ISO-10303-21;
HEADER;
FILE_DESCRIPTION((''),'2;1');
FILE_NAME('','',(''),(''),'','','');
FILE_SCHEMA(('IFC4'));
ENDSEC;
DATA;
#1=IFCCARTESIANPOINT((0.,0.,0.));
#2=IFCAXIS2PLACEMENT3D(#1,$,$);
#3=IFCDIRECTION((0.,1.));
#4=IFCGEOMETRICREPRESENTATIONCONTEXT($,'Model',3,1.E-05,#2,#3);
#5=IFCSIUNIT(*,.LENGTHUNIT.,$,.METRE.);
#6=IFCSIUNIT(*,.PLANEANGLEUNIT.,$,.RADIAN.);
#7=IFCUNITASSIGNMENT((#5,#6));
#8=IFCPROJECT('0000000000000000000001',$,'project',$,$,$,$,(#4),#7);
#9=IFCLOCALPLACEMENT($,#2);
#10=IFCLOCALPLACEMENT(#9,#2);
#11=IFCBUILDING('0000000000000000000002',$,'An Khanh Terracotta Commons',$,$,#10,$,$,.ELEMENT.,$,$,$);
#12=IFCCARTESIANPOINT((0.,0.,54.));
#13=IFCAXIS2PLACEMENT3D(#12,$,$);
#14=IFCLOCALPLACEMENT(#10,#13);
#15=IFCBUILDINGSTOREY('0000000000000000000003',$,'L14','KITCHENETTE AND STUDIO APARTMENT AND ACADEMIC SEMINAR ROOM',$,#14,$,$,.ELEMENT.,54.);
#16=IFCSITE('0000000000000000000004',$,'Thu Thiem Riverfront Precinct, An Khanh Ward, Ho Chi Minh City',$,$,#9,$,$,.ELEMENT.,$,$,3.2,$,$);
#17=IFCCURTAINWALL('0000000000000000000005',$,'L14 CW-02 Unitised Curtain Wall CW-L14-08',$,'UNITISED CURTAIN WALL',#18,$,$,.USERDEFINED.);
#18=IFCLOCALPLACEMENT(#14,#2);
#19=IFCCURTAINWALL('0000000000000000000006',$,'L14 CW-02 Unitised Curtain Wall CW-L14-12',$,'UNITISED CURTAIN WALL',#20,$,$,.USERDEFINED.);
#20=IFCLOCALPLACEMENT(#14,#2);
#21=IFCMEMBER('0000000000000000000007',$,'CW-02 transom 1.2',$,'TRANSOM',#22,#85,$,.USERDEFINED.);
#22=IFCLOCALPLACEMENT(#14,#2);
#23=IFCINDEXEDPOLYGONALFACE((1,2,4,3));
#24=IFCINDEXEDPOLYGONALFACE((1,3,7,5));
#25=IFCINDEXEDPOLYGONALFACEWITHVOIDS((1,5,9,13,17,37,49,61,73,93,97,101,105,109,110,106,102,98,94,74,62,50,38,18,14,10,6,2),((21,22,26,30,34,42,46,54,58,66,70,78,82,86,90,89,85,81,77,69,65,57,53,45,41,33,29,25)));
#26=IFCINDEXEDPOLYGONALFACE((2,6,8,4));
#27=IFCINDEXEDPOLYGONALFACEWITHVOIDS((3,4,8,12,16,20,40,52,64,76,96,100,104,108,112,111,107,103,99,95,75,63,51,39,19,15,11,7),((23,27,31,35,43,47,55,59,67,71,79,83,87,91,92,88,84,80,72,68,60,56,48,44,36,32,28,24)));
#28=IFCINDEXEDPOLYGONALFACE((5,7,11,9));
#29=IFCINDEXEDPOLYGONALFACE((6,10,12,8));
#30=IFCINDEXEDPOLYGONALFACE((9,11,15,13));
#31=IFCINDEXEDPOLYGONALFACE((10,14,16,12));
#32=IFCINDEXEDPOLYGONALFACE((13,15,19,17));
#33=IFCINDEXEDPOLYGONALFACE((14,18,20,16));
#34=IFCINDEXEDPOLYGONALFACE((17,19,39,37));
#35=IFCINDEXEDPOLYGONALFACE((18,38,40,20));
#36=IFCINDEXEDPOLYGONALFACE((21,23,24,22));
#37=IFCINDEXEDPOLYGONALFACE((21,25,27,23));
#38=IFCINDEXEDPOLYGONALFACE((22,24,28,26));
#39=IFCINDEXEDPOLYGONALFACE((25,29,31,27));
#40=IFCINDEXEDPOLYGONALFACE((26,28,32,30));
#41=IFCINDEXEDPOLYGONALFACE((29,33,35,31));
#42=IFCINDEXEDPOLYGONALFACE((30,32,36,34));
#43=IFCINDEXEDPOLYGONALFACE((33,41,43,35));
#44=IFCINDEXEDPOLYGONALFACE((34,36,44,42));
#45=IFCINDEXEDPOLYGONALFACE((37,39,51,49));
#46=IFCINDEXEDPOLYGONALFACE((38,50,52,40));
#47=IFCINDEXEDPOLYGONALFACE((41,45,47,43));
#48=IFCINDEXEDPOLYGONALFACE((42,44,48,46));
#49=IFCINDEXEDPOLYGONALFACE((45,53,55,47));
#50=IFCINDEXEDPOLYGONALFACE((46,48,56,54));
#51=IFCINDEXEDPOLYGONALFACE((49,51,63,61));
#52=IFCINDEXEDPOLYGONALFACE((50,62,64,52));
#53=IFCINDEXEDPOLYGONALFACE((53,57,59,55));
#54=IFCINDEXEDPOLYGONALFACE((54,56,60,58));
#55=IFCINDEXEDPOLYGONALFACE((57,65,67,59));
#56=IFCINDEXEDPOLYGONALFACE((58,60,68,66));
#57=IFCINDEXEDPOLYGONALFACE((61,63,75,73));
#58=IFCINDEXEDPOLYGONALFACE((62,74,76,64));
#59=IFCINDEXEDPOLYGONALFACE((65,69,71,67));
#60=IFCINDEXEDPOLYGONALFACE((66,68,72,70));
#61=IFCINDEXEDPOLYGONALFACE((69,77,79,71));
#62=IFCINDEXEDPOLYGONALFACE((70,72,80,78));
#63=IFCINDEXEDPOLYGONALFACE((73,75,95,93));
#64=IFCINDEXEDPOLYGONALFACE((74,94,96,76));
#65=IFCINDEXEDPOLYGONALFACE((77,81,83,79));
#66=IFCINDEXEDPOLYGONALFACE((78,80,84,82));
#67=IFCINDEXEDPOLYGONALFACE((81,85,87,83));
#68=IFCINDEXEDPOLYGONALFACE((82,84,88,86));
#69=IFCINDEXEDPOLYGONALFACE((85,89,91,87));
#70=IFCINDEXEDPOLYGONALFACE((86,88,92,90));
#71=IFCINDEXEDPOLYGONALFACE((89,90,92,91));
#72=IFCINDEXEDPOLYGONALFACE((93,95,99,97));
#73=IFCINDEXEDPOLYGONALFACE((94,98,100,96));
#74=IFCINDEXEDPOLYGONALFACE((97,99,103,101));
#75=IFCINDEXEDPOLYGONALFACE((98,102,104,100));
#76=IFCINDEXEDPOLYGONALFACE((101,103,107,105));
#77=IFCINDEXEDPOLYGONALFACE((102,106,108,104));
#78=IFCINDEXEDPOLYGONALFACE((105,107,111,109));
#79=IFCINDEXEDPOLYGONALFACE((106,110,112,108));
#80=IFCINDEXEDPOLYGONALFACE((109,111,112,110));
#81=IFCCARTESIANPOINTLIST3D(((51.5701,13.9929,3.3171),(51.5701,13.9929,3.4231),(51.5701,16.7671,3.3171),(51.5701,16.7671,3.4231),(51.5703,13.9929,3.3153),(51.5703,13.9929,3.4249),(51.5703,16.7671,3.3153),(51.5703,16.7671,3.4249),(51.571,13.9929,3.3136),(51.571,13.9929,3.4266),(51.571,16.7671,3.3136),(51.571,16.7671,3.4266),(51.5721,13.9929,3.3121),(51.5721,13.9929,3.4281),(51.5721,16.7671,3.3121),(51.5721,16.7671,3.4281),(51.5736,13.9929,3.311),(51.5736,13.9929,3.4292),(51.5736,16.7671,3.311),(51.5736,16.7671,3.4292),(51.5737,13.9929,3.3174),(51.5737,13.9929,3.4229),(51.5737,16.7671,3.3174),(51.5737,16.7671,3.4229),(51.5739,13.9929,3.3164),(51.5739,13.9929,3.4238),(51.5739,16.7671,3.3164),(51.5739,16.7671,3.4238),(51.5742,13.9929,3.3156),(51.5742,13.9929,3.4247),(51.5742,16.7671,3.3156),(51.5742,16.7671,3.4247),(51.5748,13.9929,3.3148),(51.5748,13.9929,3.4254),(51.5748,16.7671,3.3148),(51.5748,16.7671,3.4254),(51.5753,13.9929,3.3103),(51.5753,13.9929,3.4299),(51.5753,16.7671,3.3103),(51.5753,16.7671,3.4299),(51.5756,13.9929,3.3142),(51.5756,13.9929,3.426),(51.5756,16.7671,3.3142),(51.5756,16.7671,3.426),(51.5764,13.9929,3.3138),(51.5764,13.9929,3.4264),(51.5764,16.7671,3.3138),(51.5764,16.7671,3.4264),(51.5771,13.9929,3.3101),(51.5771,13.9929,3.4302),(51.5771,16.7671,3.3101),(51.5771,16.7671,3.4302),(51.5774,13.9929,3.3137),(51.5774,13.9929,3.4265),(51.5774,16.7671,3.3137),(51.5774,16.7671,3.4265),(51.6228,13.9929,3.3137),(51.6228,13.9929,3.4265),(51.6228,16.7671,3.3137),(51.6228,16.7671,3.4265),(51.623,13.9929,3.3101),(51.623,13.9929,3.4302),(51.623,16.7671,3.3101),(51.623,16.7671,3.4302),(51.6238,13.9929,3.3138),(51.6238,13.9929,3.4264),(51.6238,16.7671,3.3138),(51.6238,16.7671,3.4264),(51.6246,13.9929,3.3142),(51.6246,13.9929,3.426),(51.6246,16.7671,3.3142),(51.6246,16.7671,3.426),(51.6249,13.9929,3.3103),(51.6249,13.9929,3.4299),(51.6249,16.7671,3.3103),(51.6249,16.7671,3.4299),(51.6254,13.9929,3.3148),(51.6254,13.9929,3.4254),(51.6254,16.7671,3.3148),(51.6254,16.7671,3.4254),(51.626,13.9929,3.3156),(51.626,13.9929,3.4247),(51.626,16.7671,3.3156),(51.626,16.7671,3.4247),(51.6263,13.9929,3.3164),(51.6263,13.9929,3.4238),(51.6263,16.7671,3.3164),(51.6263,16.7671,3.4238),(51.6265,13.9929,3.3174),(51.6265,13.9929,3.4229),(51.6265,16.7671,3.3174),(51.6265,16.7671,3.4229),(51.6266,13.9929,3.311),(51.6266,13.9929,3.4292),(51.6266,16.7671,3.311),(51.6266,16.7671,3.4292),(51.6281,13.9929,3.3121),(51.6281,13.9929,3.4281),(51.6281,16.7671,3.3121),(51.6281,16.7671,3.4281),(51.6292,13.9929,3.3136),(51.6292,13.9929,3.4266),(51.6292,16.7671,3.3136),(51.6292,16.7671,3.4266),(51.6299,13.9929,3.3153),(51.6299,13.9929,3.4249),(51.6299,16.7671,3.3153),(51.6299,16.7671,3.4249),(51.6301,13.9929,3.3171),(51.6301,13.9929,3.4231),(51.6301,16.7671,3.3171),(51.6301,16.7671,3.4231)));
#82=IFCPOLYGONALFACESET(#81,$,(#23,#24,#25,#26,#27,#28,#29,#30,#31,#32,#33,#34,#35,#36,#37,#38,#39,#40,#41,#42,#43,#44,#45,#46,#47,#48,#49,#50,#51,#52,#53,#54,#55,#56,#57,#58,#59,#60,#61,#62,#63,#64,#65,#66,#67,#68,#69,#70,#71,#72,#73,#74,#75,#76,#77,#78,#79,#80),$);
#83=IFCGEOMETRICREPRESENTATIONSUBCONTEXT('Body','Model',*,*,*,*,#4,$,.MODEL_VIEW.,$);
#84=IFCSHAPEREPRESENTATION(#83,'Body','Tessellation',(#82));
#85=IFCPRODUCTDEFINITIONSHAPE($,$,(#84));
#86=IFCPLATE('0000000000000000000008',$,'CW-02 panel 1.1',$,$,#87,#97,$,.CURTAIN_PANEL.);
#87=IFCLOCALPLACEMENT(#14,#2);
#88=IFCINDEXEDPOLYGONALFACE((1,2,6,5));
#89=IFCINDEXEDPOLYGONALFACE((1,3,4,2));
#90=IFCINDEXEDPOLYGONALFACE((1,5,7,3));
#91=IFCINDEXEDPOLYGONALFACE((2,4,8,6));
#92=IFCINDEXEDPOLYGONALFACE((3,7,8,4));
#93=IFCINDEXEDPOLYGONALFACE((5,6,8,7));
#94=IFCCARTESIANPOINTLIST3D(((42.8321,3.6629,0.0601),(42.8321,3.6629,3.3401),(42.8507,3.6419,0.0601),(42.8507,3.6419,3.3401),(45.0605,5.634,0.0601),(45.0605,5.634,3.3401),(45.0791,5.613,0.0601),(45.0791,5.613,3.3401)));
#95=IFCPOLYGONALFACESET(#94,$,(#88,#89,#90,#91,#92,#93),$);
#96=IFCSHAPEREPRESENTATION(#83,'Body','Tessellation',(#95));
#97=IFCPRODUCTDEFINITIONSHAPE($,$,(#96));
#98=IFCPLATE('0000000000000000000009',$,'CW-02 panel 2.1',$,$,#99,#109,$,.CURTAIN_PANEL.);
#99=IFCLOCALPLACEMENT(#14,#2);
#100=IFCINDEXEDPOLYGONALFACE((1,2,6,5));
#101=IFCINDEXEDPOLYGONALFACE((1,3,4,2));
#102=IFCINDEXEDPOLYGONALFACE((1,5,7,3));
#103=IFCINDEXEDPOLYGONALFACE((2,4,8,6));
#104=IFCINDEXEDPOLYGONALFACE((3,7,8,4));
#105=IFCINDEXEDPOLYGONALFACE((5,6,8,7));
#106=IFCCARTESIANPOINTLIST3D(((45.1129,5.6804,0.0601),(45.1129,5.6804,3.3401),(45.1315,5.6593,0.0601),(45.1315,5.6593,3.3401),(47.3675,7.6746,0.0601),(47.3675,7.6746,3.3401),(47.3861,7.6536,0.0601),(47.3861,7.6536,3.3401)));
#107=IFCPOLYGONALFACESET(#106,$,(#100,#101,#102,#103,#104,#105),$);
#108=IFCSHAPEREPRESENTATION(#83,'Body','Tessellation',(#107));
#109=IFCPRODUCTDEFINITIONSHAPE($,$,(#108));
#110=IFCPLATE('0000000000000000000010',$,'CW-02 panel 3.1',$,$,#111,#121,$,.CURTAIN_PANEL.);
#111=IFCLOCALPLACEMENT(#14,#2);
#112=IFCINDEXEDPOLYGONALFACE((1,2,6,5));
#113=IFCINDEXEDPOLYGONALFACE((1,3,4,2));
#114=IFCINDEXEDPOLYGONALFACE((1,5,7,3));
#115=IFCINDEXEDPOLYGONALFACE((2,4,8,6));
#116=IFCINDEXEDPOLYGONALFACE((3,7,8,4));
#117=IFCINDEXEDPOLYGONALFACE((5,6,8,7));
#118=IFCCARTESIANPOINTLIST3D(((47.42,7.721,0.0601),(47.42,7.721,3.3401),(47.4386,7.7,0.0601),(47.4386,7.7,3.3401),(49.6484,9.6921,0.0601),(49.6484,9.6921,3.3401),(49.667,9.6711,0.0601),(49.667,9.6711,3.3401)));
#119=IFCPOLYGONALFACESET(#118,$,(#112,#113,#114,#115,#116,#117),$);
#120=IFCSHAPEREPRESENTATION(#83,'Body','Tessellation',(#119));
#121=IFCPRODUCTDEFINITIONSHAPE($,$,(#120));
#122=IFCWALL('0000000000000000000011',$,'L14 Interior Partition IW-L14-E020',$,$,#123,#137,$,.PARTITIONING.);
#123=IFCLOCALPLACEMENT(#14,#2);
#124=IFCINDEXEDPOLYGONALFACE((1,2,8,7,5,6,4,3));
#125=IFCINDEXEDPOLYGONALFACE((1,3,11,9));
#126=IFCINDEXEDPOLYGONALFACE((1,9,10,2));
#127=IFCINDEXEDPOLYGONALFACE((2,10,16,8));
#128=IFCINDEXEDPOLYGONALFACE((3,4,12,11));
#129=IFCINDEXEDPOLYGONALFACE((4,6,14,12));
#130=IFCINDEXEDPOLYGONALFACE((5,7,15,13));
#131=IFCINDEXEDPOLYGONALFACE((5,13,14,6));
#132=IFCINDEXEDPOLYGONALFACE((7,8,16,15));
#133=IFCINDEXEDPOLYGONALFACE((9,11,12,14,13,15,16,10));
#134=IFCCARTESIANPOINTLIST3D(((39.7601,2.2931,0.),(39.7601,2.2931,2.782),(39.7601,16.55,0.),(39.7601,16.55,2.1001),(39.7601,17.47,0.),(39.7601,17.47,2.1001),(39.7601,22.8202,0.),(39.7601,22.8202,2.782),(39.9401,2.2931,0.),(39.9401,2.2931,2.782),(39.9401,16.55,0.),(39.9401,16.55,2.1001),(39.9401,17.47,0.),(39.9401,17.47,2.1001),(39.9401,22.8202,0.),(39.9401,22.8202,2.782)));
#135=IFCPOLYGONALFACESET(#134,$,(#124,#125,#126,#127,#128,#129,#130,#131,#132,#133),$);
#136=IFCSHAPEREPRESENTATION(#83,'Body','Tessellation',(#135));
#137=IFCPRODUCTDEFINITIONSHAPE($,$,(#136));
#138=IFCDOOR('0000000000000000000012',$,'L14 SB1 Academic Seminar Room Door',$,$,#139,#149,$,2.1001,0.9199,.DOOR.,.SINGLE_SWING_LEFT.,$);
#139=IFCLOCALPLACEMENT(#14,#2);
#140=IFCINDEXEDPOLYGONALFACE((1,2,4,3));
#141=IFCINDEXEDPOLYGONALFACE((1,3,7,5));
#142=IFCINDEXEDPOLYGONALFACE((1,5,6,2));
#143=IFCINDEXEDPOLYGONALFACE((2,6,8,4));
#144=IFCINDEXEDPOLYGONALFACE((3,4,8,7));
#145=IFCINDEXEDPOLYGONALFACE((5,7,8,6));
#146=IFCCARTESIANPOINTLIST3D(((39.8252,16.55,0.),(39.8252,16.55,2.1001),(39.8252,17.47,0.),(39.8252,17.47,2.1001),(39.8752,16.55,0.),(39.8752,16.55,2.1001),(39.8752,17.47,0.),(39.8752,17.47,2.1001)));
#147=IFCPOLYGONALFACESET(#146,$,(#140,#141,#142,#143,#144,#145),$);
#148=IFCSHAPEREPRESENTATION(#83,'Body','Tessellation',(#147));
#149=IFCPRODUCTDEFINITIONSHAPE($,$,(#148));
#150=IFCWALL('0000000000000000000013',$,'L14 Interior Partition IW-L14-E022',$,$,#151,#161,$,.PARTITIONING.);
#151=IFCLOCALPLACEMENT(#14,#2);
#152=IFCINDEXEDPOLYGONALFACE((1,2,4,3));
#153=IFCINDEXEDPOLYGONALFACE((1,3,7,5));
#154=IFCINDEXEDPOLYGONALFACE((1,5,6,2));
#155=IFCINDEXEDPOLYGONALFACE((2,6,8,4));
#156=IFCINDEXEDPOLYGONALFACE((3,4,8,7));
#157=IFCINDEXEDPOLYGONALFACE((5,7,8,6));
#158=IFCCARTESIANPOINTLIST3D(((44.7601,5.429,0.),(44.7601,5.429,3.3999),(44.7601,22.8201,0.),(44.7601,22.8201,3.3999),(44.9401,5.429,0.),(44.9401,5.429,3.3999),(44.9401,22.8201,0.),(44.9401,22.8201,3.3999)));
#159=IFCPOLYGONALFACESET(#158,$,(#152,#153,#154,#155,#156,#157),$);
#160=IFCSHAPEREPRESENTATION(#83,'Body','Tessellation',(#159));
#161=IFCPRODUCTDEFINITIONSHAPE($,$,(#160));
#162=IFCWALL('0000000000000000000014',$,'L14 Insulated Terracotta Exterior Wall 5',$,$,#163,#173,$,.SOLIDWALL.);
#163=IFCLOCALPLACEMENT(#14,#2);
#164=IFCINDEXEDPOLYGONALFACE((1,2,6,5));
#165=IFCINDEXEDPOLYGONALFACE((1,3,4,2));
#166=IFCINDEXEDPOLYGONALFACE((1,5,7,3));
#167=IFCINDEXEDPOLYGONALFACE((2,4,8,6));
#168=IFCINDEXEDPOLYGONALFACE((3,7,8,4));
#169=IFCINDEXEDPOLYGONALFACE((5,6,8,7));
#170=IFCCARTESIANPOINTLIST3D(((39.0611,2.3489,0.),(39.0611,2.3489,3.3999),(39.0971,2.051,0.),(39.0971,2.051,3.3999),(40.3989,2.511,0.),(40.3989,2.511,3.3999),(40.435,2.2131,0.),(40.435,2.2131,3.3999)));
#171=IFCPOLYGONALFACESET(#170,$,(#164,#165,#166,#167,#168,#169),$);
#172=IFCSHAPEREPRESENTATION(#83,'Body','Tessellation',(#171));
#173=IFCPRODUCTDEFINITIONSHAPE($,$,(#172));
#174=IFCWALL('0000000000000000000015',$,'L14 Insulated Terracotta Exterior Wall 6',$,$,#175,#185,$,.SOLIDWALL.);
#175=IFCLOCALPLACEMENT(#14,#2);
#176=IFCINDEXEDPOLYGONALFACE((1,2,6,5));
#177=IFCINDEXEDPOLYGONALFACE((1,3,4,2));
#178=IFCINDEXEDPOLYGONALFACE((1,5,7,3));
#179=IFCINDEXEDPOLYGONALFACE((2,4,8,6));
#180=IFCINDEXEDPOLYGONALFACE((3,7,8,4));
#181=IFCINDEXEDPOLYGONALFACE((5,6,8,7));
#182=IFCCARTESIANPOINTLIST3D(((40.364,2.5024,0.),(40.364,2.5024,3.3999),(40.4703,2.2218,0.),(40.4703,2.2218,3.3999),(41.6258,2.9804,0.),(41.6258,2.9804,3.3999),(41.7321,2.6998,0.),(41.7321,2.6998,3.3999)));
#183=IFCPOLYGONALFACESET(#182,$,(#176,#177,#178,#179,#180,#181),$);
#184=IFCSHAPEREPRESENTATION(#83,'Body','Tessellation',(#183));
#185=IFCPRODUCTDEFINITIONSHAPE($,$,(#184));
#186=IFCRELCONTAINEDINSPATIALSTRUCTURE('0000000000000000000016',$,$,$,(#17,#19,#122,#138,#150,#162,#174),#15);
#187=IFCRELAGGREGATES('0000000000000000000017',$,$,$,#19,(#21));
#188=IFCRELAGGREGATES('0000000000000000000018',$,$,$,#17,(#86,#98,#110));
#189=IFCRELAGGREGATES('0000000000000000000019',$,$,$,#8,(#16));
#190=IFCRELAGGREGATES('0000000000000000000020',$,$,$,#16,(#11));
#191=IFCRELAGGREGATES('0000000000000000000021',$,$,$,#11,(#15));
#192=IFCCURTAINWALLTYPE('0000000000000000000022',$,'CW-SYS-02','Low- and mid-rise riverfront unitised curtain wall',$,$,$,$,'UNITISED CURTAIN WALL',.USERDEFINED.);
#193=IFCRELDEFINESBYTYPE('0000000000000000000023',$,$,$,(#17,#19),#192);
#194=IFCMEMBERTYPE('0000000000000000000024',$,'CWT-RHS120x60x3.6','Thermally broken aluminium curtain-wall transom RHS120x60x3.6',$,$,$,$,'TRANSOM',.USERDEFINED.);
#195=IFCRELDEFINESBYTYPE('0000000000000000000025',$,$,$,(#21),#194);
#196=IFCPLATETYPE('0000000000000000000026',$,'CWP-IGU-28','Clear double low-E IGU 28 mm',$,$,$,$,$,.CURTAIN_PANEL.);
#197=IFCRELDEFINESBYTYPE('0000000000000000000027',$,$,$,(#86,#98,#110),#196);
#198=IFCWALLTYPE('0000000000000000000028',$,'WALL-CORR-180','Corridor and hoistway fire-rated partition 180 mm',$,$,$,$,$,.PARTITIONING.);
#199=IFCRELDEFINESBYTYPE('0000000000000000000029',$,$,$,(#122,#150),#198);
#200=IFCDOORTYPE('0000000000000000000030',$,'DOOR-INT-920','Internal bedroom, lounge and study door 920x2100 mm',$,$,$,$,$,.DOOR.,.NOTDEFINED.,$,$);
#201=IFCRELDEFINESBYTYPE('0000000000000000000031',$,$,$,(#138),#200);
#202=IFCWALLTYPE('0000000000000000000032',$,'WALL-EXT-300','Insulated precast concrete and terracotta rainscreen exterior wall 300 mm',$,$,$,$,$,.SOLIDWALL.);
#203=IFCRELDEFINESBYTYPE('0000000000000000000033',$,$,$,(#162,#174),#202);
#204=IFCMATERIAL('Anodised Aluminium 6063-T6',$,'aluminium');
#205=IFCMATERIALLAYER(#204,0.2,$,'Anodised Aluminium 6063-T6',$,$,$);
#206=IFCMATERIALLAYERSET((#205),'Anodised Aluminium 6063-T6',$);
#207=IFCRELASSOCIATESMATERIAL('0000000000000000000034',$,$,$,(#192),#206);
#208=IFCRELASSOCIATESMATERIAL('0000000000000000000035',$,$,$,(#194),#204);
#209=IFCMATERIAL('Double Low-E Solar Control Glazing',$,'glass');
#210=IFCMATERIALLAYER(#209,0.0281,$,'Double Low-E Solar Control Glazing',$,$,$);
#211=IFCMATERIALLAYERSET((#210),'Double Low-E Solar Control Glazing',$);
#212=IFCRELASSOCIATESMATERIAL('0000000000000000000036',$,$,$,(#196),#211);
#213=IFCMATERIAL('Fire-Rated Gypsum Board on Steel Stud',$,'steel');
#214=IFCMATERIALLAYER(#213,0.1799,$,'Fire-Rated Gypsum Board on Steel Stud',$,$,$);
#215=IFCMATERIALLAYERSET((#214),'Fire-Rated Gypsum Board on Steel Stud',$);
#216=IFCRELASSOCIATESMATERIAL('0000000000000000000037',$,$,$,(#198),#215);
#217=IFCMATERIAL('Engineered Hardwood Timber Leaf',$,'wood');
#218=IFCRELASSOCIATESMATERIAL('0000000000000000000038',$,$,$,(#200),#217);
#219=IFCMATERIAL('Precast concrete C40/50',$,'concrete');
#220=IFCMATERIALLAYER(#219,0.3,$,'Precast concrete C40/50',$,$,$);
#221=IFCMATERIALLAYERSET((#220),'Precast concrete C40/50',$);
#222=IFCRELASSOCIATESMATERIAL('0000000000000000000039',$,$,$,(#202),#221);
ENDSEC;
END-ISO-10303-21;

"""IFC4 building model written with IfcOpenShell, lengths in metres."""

from ifc_helpers import new_model, si_unit, direction, frame, frame_2d, origin, origin_2d, place, context, subcontext, project, spatial, rectangle, hollow_rectangle, extrude, material, layer, layer_set, material_profile, profile_set, type_object, element, fill, aggregate, save


model = new_model("IFC4")

# Units and contexts
model_context = context("Model", 3, precision=1e-05, world=origin(), true_north=direction((0.0, 1.0)))
body_context = subcontext(model_context, "Body", "Model", "MODEL_VIEW")
ifc_project = project(units=[si_unit("LENGTHUNIT", "METRE"), si_unit("PLANEANGLEUNIT", "RADIAN")], contexts=[model_context])

# Site, building, storey
site_placement = place(None, origin())
site = spatial("IfcSite", under=ifc_project, at=site_placement, Name="Thu Thiem Riverfront Precinct, An Khanh Ward, Ho Chi Minh City", CompositionType="ELEMENT", RefElevation=3.2)
building_placement = place(site_placement, origin())
building = spatial("IfcBuilding", under=site, at=building_placement, Name="An Khanh Terracotta Commons", CompositionType="ELEMENT")
storey_placement = place(building_placement, frame((0.0, 0.0, 54.0)))
storey = spatial("IfcBuildingStorey", under=building, at=storey_placement, Name="L14", Description="KITCHENETTE AND STUDIO APARTMENT AND ACADEMIC SEMINAR ROOM", CompositionType="ELEMENT", Elevation=54.0)

# Curtain wall
ifc_material_1 = material(Name="Anodised Aluminium 6063-T6", Category="aluminium")
ifc_layer_1 = layer(ifc_material_1, 0.2, Name="Anodised Aluminium 6063-T6")
ifc_layer_set_1 = layer_set([ifc_layer_1], Name="Anodised Aluminium 6063-T6")
curtain_wall_type = type_object("IfcCurtainWallType", Name="CW-SYS-02", Description="Low- and mid-rise riverfront unitised curtain wall", ElementType="UNITISED CURTAIN WALL", PredefinedType="USERDEFINED", material=ifc_layer_set_1)
curtain_wall_1_placement = place(storey_placement, origin())
curtain_wall_1 = element("IfcCurtainWall", 1, at=curtain_wall_1_placement, inside=storey, type_object=curtain_wall_type, Name="L14 CW-02 Unitised Curtain Wall CW-L14-08", ObjectType="UNITISED CURTAIN WALL", PredefinedType="USERDEFINED")

# Curtain wall
curtain_wall_2_placement = place(storey_placement, origin())
curtain_wall_2 = element("IfcCurtainWall", 2, at=curtain_wall_2_placement, inside=storey, type_object=curtain_wall_type, Name="L14 CW-02 Unitised Curtain Wall CW-L14-12", ObjectType="UNITISED CURTAIN WALL", PredefinedType="USERDEFINED")

# Member
ifc_material_profile_1 = material_profile(ifc_material_1, hollow_rectangle(XDim=0.0601, YDim=0.1201, WallThickness=0.0037, InnerFilletRadius=0.0037, OuterFilletRadius=0.0071, at=origin_2d()), Name="RHS120x60x3.6")
ifc_profile_set_1 = profile_set([ifc_material_profile_1], Name="Anodised Aluminium 6063-T6")
member_type_1 = type_object("IfcMemberType", Name="CWT-RHS120x60x3.6", Description="Thermally broken aluminium curtain-wall transom RHS120x60x3.6", ElementType="TRANSOM", PredefinedType="USERDEFINED", material=ifc_profile_set_1)
member_1_placement = place(storey_placement, frame((51.6001, 13.9929, 3.3701), z_axis=(0.0, 1.0, 0.0), x_axis=(-1.0, 0.0, 0.0)))
member_1 = element("IfcMember", 3, at=member_1_placement, type_object=member_type_1, Name="CW-02 transom 1.2", ObjectType="TRANSOM", PredefinedType="USERDEFINED", context=body_context, shape_type="SweptSolid", body=[
    extrude(hollow_rectangle(XDim=0.0601, YDim=0.1201, WallThickness=0.0037, InnerFilletRadius=0.0037, OuterFilletRadius=0.0071, at=origin_2d()), origin(), (0.0, 0.0, 1.0), 2.7742),
])
aggregate(curtain_wall_2, [member_1])

# Plates
ifc_material_2 = material(Name="Double Low-E Solar Control Glazing", Category="glass")
ifc_layer_2 = layer(ifc_material_2, 0.0281, Name="Double Low-E Solar Control Glazing")
ifc_layer_set_2 = layer_set([ifc_layer_2], Name="Double Low-E Solar Control Glazing")
plate_type = type_object("IfcPlateType", Name="CWP-IGU-28", Description="Clear double low-E IGU 28 mm", PredefinedType="CURTAIN_PANEL", material=ifc_layer_set_2)
plate_1_placement = place(storey_placement, frame((43.9556, 4.6379, 0.0601), z_axis=(0.0, 0.0, 1.0), x_axis=(0.749019, 0.662548, 0.0)))
plate_1 = element("IfcPlate", 4, at=plate_1_placement, type_object=plate_type, Name="CW-02 panel 1.1", PredefinedType="CURTAIN_PANEL", context=body_context, shape_type="SweptSolid", body=[
    extrude(rectangle(XDim=2.9751, YDim=0.0281, at=origin_2d()), origin(), (0.0, 0.0, 1.0), 3.28),
])
plate_2_placement = place(storey_placement, frame((46.2495, 6.667, 0.0601), z_axis=(0.0, 0.0, 1.0), x_axis=(0.749019, 0.662548, 0.0)))
plate_2 = element("IfcPlate", 5, at=plate_2_placement, type_object=plate_type, Name="CW-02 panel 2.1", PredefinedType="CURTAIN_PANEL", context=body_context, shape_type="SweptSolid", body=[
    extrude(rectangle(XDim=3.01, YDim=0.0281, at=origin_2d()), origin(), (0.0, 0.0, 1.0), 3.28),
])
plate_3_placement = place(storey_placement, frame((48.5435, 8.696, 0.0601), z_axis=(0.0, 0.0, 1.0), x_axis=(0.749019, 0.662548, 0.0)))
plate_3 = element("IfcPlate", 6, at=plate_3_placement, type_object=plate_type, Name="CW-02 panel 3.1", PredefinedType="CURTAIN_PANEL", context=body_context, shape_type="SweptSolid", body=[
    extrude(rectangle(XDim=2.9751, YDim=0.0281, at=origin_2d()), origin(), (0.0, 0.0, 1.0), 3.28),
])
aggregate(curtain_wall_1, [plate_1, plate_2, plate_3])

# Wall, opening, door
ifc_material_3 = material(Name="Fire-Rated Gypsum Board on Steel Stud", Category="steel")
ifc_layer_3 = layer(ifc_material_3, 0.1799, Name="Fire-Rated Gypsum Board on Steel Stud")
ifc_layer_set_3 = layer_set([ifc_layer_3], Name="Fire-Rated Gypsum Board on Steel Stud")
wall_type_1 = type_object("IfcWallType", Name="WALL-CORR-180", Description="Corridor and hoistway fire-rated partition 180 mm", PredefinedType="PARTITIONING", material=ifc_layer_set_3)
wall_1_placement = place(storey_placement, frame((39.8501, 2.293, 0.0), z_axis=(0.0, 0.0, 1.0), x_axis=(0.0, 1.0, 0.0)))
wall_1 = element("IfcWall", 7, at=wall_1_placement, inside=storey, type_object=wall_type_1, Name="L14 Interior Partition IW-L14-E020", PredefinedType="PARTITIONING", context=body_context, shape_type="SweptSolid", body=[
    extrude(rectangle(XDim=20.5271, YDim=0.1799, at=frame_2d((10.2637, 0.0))), origin(), (0.0, 0.0, 1.0), 2.782),
])
opening_placement = place(wall_1_placement, frame((14.2571, 0.0, 0.0)))
opening = element("IfcOpeningElement", 8, at=opening_placement, cuts=wall_1, PredefinedType="OPENING", context=body_context, shape_type="SweptSolid", body=[
    extrude(rectangle(XDim=0.9199, YDim=2.1001, at=frame_2d((0.46, 1.05))), frame((0.0, 0.0999, 0.0), z_axis=(0.0, -1.0, 0.0), x_axis=(1.0, 0.0, 0.0)), (0.0, 0.0, 1.0), 0.2),
])
ifc_material_4 = material(Name="Engineered Hardwood Timber Leaf", Category="wood")
door_type = type_object("IfcDoorType", Name="DOOR-INT-920", Description="Internal bedroom, lounge and study door 920x2100 mm", OperationType="NOTDEFINED", PredefinedType="DOOR", material=ifc_material_4)
door_placement = place(opening_placement, origin())
door = element("IfcDoor", 9, at=door_placement, inside=storey, type_object=door_type, Name="L14 SB1 Academic Seminar Room Door", OperationType="SINGLE_SWING_LEFT", OverallHeight=2.1001, OverallWidth=0.9199, PredefinedType="DOOR", context=body_context, shape_type="SweptSolid", body=[
    extrude(rectangle(XDim=0.9199, YDim=2.1001, at=frame_2d((0.46, 1.05))), frame((0.0, 0.0249, 0.0), z_axis=(0.0, -1.0, 0.0), x_axis=(1.0, 0.0, 0.0)), (0.0, 0.0, 1.0), 0.05),
])
fill(opening, door)

# Walls
wall_2_placement = place(storey_placement, frame((44.8501, 5.429, 0.0), z_axis=(0.0, 0.0, 1.0), x_axis=(0.0, 1.0, 0.0)))
element("IfcWall", 10, at=wall_2_placement, inside=storey, type_object=wall_type_1, Name="L14 Interior Partition IW-L14-E022", PredefinedType="PARTITIONING", context=body_context, shape_type="SweptSolid", body=[
    extrude(rectangle(XDim=17.3911, YDim=0.1799, at=frame_2d((8.6956, 0.0))), origin(), (0.0, 0.0, 1.0), 3.3999),
])
ifc_material_5 = material(Name="Precast concrete C40/50", Category="concrete")
ifc_layer_4 = layer(ifc_material_5, 0.3, Name="Precast concrete C40/50")
ifc_layer_set_4 = layer_set([ifc_layer_4], Name="Precast concrete C40/50")
wall_type_2 = type_object("IfcWallType", Name="WALL-EXT-300", Description="Insulated precast concrete and terracotta rainscreen exterior wall 300 mm", PredefinedType="SOLIDWALL", material=ifc_layer_set_4)
wall_3_placement = place(storey_placement, frame((39.0791, 2.2, 0.0), z_axis=(0.0, 0.0, 1.0), x_axis=(0.992739, 0.120288, 0.0)))
element("IfcWall", 11, at=wall_3_placement, inside=storey, type_object=wall_type_2, Name="L14 Insulated Terracotta Exterior Wall 5", PredefinedType="SOLIDWALL", context=body_context, shape_type="SweptSolid", body=[
    extrude(rectangle(XDim=1.3477, YDim=0.3, at=frame_2d((0.6738, 0.0))), origin(), (0.0, 0.0, 1.0), 3.3999),
])
wall_4_placement = place(storey_placement, frame((40.417, 2.3621, 0.0), z_axis=(0.0, 0.0, 1.0), x_axis=(0.935157, 0.354234, 0.0)))
element("IfcWall", 12, at=wall_4_placement, inside=storey, type_object=wall_type_2, Name="L14 Insulated Terracotta Exterior Wall 6", PredefinedType="SOLIDWALL", context=body_context, shape_type="SweptSolid", body=[
    extrude(rectangle(XDim=1.3494, YDim=0.3, at=frame_2d((0.6748, 0.0))), origin(), (0.0, 0.0, 1.0), 3.3999),
])

save(model, "model.ifc")
